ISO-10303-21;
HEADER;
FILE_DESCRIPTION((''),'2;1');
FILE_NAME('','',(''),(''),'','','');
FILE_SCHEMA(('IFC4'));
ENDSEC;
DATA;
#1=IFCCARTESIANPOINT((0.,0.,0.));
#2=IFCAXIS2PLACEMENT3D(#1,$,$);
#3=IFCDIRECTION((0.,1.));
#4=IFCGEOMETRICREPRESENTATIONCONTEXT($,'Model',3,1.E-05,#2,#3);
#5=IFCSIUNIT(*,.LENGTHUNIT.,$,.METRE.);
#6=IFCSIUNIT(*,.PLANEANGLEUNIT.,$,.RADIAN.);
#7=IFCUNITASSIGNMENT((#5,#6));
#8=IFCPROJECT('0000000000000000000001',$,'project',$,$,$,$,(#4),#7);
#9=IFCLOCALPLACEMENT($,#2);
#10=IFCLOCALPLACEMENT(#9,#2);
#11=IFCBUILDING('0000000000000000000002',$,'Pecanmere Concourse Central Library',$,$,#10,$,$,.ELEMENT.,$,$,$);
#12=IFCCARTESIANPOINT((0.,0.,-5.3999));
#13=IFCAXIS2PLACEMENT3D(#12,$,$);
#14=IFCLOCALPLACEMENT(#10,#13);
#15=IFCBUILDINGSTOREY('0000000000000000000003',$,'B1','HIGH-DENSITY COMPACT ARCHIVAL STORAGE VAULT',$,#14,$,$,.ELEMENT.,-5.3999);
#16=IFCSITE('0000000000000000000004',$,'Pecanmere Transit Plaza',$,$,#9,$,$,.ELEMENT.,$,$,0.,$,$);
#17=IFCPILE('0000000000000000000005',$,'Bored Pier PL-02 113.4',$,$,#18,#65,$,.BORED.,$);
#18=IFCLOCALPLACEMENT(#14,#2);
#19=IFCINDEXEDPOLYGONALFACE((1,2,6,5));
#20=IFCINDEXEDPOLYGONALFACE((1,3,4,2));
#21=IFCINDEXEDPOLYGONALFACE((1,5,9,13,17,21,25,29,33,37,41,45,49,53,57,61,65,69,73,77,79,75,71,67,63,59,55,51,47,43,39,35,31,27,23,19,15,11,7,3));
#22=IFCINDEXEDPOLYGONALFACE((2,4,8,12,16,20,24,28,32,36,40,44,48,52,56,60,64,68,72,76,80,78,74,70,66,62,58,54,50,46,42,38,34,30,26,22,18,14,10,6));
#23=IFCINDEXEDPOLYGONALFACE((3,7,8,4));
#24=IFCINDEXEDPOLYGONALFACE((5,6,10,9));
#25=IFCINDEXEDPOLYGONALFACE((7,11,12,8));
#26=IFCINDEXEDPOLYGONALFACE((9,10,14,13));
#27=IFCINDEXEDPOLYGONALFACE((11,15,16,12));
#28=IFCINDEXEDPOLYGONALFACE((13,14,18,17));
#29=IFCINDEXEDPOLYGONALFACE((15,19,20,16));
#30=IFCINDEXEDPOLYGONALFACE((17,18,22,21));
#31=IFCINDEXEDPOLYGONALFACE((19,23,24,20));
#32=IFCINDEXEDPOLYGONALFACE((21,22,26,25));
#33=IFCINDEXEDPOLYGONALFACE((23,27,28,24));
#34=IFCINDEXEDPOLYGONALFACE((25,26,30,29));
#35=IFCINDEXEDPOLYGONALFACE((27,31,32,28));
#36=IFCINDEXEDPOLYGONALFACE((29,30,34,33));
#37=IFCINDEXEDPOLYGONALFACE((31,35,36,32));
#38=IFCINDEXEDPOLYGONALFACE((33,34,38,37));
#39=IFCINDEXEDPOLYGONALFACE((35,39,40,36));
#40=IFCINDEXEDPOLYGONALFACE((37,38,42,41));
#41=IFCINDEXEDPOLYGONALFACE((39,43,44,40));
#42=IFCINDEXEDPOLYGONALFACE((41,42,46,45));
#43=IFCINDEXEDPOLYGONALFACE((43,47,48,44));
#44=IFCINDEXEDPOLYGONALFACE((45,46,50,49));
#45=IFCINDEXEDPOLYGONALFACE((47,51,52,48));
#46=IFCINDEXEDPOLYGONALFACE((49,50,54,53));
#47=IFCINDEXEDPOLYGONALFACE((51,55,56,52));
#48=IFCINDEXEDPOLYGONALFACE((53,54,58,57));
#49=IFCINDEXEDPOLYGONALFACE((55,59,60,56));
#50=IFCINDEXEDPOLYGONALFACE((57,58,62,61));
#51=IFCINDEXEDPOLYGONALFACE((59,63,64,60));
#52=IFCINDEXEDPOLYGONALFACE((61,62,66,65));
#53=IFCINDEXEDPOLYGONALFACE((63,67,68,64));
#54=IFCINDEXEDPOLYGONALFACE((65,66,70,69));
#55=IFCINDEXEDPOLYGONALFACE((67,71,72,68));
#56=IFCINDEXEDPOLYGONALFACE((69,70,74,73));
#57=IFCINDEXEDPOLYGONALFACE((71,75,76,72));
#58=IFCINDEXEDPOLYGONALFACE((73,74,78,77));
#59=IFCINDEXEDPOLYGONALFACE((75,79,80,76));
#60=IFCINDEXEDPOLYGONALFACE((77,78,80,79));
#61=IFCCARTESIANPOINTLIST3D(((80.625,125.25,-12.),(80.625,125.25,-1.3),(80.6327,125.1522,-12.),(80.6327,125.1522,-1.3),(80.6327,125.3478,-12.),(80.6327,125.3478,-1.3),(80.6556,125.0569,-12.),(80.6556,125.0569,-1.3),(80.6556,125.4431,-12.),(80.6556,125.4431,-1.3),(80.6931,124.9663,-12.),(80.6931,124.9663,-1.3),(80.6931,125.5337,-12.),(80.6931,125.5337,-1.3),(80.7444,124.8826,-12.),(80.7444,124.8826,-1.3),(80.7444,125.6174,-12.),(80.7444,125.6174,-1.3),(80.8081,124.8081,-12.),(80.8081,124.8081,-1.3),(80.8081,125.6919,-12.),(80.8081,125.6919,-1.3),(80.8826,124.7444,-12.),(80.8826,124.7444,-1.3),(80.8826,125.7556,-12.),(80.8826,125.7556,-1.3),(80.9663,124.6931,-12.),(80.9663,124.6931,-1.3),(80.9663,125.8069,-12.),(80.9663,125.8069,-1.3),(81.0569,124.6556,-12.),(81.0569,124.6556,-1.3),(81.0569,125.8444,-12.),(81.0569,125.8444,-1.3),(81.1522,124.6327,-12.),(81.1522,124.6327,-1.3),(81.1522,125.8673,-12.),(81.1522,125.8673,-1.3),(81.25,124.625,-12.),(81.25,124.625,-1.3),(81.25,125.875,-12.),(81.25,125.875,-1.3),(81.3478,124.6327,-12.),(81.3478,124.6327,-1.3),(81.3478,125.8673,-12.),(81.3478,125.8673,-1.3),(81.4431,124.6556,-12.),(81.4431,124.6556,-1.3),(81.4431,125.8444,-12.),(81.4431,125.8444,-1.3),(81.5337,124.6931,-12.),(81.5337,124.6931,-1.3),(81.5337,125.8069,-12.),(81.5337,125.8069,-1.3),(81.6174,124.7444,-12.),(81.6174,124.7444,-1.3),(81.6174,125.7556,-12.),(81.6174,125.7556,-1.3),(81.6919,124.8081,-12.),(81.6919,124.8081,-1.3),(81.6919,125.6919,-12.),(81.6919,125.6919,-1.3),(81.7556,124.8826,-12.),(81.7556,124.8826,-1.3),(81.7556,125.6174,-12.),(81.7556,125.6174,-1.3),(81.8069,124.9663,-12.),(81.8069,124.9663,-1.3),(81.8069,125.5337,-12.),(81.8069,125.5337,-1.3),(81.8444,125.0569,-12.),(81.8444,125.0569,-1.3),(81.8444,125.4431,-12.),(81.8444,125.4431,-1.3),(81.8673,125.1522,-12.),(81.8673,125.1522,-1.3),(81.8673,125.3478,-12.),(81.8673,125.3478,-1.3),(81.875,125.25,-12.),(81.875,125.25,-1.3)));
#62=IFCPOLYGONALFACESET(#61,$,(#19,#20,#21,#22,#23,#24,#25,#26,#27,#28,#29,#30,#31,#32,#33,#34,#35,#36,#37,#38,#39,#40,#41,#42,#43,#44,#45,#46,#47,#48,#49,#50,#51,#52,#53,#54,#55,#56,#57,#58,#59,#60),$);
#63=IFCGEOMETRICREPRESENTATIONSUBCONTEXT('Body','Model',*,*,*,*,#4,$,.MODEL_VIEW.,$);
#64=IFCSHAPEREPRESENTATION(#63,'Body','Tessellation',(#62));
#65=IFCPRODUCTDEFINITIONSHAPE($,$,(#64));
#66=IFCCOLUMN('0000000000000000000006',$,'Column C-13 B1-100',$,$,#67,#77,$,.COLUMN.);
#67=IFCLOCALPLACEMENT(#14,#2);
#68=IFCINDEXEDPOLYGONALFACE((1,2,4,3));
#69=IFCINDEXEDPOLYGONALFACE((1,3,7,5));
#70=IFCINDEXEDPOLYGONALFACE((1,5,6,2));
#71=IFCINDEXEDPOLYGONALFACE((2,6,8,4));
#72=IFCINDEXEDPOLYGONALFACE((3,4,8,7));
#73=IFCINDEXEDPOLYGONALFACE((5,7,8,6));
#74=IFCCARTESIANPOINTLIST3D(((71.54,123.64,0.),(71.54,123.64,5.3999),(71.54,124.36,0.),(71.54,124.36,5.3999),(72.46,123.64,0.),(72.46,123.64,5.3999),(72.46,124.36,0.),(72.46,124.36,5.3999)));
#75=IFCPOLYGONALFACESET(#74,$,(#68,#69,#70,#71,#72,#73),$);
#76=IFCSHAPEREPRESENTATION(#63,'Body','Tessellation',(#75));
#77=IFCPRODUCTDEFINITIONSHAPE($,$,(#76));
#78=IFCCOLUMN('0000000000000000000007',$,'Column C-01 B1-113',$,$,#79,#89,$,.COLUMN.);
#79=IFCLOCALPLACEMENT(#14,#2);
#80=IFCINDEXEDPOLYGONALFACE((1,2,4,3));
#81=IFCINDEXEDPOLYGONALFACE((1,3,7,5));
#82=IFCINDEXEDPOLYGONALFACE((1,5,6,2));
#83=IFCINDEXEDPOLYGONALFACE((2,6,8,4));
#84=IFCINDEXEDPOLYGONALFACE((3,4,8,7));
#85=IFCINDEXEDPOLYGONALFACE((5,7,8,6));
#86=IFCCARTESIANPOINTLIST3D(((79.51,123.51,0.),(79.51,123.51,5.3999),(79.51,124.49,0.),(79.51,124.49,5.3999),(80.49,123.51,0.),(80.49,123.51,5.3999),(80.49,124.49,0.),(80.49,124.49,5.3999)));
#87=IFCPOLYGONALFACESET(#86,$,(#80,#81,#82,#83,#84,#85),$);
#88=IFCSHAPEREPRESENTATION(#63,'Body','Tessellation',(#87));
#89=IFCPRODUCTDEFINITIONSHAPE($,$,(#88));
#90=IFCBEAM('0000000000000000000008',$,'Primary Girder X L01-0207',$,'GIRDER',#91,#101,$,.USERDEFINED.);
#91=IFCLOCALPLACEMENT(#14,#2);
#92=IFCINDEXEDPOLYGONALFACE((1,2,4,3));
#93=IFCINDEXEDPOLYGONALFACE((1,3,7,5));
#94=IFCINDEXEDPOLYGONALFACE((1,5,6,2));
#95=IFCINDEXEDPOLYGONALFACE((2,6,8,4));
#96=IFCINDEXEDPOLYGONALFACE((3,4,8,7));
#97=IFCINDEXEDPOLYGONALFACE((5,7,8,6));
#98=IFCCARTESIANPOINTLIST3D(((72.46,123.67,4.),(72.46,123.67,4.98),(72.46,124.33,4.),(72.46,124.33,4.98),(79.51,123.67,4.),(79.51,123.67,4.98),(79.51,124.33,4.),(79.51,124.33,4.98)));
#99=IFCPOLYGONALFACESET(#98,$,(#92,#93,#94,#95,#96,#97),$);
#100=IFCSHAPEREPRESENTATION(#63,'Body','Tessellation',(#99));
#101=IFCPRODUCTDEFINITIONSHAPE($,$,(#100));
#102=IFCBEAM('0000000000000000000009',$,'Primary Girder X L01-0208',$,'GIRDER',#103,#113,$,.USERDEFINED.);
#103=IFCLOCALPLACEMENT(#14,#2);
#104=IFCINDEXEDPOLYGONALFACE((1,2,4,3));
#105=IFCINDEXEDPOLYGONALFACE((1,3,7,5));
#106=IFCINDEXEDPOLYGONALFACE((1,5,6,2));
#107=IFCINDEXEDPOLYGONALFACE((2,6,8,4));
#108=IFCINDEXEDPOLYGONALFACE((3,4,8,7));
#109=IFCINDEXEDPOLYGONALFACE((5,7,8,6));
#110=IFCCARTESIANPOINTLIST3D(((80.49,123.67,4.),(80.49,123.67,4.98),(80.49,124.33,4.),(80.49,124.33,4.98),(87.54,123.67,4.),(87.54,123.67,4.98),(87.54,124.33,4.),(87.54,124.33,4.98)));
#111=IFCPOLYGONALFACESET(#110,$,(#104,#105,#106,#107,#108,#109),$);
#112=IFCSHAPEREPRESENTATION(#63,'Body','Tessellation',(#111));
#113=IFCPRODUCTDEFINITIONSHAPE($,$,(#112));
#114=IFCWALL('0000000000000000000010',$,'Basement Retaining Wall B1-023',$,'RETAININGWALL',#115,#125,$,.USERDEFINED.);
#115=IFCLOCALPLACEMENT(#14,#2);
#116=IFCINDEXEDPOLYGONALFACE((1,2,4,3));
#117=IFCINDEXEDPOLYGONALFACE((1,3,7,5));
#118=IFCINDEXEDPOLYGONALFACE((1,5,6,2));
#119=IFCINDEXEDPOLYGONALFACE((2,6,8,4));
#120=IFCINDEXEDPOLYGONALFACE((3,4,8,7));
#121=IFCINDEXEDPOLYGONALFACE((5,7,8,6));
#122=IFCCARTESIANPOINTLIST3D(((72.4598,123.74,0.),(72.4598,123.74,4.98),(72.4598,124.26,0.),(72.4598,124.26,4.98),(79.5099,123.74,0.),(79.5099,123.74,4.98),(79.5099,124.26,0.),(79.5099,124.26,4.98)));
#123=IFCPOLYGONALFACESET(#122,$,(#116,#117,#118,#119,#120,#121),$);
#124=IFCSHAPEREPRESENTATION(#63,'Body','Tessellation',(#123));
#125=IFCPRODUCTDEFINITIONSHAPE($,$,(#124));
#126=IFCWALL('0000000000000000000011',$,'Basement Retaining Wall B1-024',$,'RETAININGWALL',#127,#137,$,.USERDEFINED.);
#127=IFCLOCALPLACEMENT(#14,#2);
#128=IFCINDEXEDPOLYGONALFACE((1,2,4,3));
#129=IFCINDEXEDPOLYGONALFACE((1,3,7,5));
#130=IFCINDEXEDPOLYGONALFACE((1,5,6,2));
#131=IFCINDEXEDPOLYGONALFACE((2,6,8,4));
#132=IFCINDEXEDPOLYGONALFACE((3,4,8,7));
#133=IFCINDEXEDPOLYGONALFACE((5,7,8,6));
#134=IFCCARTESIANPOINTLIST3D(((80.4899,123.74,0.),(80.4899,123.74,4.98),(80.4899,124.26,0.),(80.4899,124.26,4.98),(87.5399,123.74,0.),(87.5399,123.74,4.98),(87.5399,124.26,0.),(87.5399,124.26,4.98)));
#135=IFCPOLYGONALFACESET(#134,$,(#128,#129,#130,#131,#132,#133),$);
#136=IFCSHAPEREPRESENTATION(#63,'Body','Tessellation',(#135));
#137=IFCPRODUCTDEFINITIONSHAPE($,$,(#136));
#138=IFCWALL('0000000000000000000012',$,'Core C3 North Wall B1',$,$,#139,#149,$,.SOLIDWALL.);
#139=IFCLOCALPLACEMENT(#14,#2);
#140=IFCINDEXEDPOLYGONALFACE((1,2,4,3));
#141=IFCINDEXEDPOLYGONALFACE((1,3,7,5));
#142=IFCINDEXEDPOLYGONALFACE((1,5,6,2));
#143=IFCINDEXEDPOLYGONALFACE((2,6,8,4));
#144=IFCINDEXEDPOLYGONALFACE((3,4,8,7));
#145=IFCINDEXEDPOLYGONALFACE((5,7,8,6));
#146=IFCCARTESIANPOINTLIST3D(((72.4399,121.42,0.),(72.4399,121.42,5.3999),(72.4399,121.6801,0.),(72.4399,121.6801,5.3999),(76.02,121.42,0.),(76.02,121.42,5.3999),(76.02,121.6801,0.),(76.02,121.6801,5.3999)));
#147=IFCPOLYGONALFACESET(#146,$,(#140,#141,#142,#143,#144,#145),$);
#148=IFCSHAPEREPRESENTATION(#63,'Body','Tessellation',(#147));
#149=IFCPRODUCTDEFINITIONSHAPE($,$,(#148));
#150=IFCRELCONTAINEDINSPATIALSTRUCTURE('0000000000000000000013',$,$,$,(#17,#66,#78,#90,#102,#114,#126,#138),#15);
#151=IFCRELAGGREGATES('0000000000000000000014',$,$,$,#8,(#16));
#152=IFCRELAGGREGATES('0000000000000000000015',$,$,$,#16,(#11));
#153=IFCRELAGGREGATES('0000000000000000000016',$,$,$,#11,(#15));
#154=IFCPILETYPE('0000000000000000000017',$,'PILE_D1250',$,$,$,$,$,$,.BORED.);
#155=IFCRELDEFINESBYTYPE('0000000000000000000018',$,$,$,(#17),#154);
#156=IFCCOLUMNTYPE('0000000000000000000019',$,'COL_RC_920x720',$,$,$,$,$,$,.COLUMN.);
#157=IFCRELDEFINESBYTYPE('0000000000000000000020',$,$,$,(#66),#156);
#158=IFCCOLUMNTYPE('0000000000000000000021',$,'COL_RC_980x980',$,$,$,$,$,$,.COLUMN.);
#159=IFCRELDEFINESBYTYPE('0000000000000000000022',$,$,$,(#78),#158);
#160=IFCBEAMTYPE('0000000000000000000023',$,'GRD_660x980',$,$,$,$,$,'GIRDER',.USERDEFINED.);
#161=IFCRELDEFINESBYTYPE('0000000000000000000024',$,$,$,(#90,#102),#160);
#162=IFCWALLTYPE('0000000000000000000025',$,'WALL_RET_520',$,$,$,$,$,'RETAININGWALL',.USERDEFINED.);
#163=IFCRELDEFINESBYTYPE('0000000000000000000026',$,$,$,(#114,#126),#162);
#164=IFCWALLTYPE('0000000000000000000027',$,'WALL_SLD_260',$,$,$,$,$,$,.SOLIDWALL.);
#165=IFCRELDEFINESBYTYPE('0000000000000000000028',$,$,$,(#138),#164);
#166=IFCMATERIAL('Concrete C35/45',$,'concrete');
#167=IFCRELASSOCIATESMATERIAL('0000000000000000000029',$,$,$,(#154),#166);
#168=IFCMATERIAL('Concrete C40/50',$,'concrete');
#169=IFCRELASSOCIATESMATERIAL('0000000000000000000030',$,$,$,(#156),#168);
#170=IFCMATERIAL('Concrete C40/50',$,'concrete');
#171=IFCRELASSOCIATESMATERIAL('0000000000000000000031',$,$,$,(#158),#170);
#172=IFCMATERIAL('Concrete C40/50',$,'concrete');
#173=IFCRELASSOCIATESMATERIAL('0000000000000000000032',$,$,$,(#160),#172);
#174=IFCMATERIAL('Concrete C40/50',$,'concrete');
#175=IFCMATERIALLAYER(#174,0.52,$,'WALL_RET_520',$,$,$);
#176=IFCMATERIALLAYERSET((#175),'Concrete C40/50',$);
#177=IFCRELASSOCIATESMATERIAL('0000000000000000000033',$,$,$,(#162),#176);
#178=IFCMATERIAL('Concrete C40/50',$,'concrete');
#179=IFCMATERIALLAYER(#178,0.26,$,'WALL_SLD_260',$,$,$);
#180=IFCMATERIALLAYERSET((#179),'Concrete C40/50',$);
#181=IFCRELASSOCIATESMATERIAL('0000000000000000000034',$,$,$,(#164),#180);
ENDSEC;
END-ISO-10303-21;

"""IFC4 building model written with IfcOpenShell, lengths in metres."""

from ifc_helpers import new_model, si_unit, direction, frame, frame_2d, origin, origin_2d, place, context, subcontext, project, spatial, rectangle, circle, extrude, material, layer, layer_set, material_profile, profile_set, type_object, element, save


model = new_model("IFC4")

# Units and contexts
model_context = context("Model", 3, precision=1e-05, world=origin(), true_north=direction((0.0, 1.0)))
body_context = subcontext(model_context, "Body", "Model", "MODEL_VIEW")
ifc_project = project(units=[si_unit("LENGTHUNIT", "METRE"), si_unit("PLANEANGLEUNIT", "RADIAN")], contexts=[model_context])

# Site, building, storey
site_placement = place(None, origin())
site = spatial("IfcSite", under=ifc_project, at=site_placement, Name="Pecanmere Transit Plaza", CompositionType="ELEMENT", RefElevation=0.0)
building_placement = place(site_placement, origin())
building = spatial("IfcBuilding", under=site, at=building_placement, Name="Pecanmere Concourse Central Library", CompositionType="ELEMENT")
storey_placement = place(building_placement, frame((0.0, 0.0, -5.3999)))
storey = spatial("IfcBuildingStorey", under=building, at=storey_placement, Name="B1", Description="HIGH-DENSITY COMPACT ARCHIVAL STORAGE VAULT", CompositionType="ELEMENT", Elevation=-5.3999)

# Pile
ifc_material_1 = material(Name="Concrete C35/45", Category="concrete")
ifc_material_profile_1 = material_profile(ifc_material_1, circle(Radius=0.625, at=origin_2d()), Name="PIER D1250")
ifc_profile_set_1 = profile_set([ifc_material_profile_1], Name="Concrete C35/45")
pile_type_1 = type_object("IfcPileType", Name="PILE_D1250", PredefinedType="BORED", material=ifc_profile_set_1)
for number, where, z_axis, x_axis, name in (
    (1, (81.25, 125.25, -1.3), (0.0, 0.0, -1.0), (1.0, 0.0, 0.0), "Bored Pier PL-02 113.4"),
):
    element("IfcPile", number, at=place(storey_placement, frame(where, z_axis=z_axis, x_axis=x_axis)), inside=storey, type_object=pile_type_1, Name=name, PredefinedType="BORED", context=body_context, shape_type="SweptSolid", body=[
        extrude(circle(Radius=0.625, at=origin_2d()), origin(), (0.0, 0.0, 1.0), 10.7),
    ])

# Columns
ifc_material_2 = material(Name="Concrete C40/50", Category="concrete")
ifc_material_profile_2 = material_profile(ifc_material_2, rectangle(XDim=0.9199, YDim=0.72, at=origin_2d()), Name="RC 920x720")
ifc_profile_set_2 = profile_set([ifc_material_profile_2], Name="Concrete C40/50")
column_type_1 = type_object("IfcColumnType", Name="COL_RC_920x720", PredefinedType="COLUMN", material=ifc_profile_set_2)
column_1_placement = place(storey_placement, frame((72.0, 124.0, 0.0), z_axis=(0.0, 0.0, 1.0), x_axis=(1.0, 0.0, 0.0)))
element("IfcColumn", 2, at=column_1_placement, inside=storey, type_object=column_type_1, Name="Column C-13 B1-100", PredefinedType="COLUMN", context=body_context, shape_type="SweptSolid", body=[
    extrude(rectangle(XDim=0.9199, YDim=0.72, at=origin_2d()), origin(), (0.0, 0.0, 1.0), 5.3999),
])
ifc_material_3 = material(Name="Concrete C40/50", Category="concrete")
ifc_material_profile_3 = material_profile(ifc_material_3, rectangle(XDim=0.98, YDim=0.98, at=origin_2d()), Name="RC 980x980")
ifc_profile_set_3 = profile_set([ifc_material_profile_3], Name="Concrete C40/50")
column_type_2 = type_object("IfcColumnType", Name="COL_RC_980x980", PredefinedType="COLUMN", material=ifc_profile_set_3)
column_2_placement = place(storey_placement, frame((80.0, 124.0, 0.0), z_axis=(0.0, 0.0, 1.0), x_axis=(1.0, 0.0, 0.0)))
element("IfcColumn", 3, at=column_2_placement, inside=storey, type_object=column_type_2, Name="Column C-01 B1-113", PredefinedType="COLUMN", context=body_context, shape_type="SweptSolid", body=[
    extrude(rectangle(XDim=0.98, YDim=0.98, at=origin_2d()), origin(), (0.0, 0.0, 1.0), 5.3999),
])

# Beams
ifc_material_4 = material(Name="Concrete C40/50", Category="concrete")
ifc_material_profile_4 = material_profile(ifc_material_4, rectangle(XDim=0.6599, YDim=0.98, at=origin_2d()), Name="RC 660x980")
ifc_profile_set_4 = profile_set([ifc_material_profile_4], Name="Concrete C40/50")
beam_type = type_object("IfcBeamType", Name="GRD_660x980", ElementType="GIRDER", PredefinedType="USERDEFINED", material=ifc_profile_set_4)
for number, where, z_axis, x_axis, name in (
    (4, (72.46, 124.0, 4.49), (1.0, 0.0, 0.0), (0.0, 1.0, 0.0), "Primary Girder X L01-0207"),
    (5, (80.49, 124.0, 4.49), (1.0, 0.0, 0.0), (0.0, 1.0, 0.0), "Primary Girder X L01-0208"),
):
    element("IfcBeam", number, at=place(storey_placement, frame(where, z_axis=z_axis, x_axis=x_axis)), inside=storey, type_object=beam_type, Name=name, ObjectType="GIRDER", PredefinedType="USERDEFINED", context=body_context, shape_type="SweptSolid", body=[
        extrude(rectangle(XDim=0.6599, YDim=0.98, at=origin_2d()), origin(), (0.0, 0.0, 1.0), 7.05),
    ])

# Walls
ifc_material_5 = material(Name="Concrete C40/50", Category="concrete")
ifc_layer_1 = layer(ifc_material_5, 0.52, Name="WALL_RET_520")
ifc_layer_set_1 = layer_set([ifc_layer_1], Name="Concrete C40/50")
wall_type_1 = type_object("IfcWallType", Name="WALL_RET_520", ElementType="RETAININGWALL", PredefinedType="USERDEFINED", material=ifc_layer_set_1)
for number, where, z_axis, x_axis, name in (
    (6, (72.46, 124.0, 0.0), (0.0, 0.0, 1.0), (1.0, 0.0, 0.0), "Basement Retaining Wall B1-023"),
    (7, (80.49, 124.0, 0.0), (0.0, 0.0, 1.0), (1.0, 0.0, 0.0), "Basement Retaining Wall B1-024"),
):
    element("IfcWall", number, at=place(storey_placement, frame(where, z_axis=z_axis, x_axis=x_axis)), inside=storey, type_object=wall_type_1, Name=name, ObjectType="RETAININGWALL", PredefinedType="USERDEFINED", context=body_context, shape_type="SweptSolid", body=[
        extrude(rectangle(XDim=7.05, YDim=0.52, at=frame_2d((3.5249, 0.0))), origin(), (0.0, 0.0, 1.0), 4.98),
    ])
ifc_material_6 = material(Name="Concrete C40/50", Category="concrete")
ifc_layer_2 = layer(ifc_material_6, 0.26, Name="WALL_SLD_260")
ifc_layer_set_2 = layer_set([ifc_layer_2], Name="Concrete C40/50")
wall_type_2 = type_object("IfcWallType", Name="WALL_SLD_260", PredefinedType="SOLIDWALL", material=ifc_layer_set_2)
wall_placement = place(storey_placement, frame((72.4399, 121.55, 0.0), z_axis=(0.0, 0.0, 1.0), x_axis=(1.0, 0.0, 0.0)))
element("IfcWall", 8, at=wall_placement, inside=storey, type_object=wall_type_2, Name="Core C3 North Wall B1", PredefinedType="SOLIDWALL", context=body_context, shape_type="SweptSolid", body=[
    extrude(rectangle(XDim=3.5801, YDim=0.26, at=frame_2d((1.79, 0.0))), origin(), (0.0, 0.0, 1.0), 5.3999),
])

save(model, "model.ifc")
